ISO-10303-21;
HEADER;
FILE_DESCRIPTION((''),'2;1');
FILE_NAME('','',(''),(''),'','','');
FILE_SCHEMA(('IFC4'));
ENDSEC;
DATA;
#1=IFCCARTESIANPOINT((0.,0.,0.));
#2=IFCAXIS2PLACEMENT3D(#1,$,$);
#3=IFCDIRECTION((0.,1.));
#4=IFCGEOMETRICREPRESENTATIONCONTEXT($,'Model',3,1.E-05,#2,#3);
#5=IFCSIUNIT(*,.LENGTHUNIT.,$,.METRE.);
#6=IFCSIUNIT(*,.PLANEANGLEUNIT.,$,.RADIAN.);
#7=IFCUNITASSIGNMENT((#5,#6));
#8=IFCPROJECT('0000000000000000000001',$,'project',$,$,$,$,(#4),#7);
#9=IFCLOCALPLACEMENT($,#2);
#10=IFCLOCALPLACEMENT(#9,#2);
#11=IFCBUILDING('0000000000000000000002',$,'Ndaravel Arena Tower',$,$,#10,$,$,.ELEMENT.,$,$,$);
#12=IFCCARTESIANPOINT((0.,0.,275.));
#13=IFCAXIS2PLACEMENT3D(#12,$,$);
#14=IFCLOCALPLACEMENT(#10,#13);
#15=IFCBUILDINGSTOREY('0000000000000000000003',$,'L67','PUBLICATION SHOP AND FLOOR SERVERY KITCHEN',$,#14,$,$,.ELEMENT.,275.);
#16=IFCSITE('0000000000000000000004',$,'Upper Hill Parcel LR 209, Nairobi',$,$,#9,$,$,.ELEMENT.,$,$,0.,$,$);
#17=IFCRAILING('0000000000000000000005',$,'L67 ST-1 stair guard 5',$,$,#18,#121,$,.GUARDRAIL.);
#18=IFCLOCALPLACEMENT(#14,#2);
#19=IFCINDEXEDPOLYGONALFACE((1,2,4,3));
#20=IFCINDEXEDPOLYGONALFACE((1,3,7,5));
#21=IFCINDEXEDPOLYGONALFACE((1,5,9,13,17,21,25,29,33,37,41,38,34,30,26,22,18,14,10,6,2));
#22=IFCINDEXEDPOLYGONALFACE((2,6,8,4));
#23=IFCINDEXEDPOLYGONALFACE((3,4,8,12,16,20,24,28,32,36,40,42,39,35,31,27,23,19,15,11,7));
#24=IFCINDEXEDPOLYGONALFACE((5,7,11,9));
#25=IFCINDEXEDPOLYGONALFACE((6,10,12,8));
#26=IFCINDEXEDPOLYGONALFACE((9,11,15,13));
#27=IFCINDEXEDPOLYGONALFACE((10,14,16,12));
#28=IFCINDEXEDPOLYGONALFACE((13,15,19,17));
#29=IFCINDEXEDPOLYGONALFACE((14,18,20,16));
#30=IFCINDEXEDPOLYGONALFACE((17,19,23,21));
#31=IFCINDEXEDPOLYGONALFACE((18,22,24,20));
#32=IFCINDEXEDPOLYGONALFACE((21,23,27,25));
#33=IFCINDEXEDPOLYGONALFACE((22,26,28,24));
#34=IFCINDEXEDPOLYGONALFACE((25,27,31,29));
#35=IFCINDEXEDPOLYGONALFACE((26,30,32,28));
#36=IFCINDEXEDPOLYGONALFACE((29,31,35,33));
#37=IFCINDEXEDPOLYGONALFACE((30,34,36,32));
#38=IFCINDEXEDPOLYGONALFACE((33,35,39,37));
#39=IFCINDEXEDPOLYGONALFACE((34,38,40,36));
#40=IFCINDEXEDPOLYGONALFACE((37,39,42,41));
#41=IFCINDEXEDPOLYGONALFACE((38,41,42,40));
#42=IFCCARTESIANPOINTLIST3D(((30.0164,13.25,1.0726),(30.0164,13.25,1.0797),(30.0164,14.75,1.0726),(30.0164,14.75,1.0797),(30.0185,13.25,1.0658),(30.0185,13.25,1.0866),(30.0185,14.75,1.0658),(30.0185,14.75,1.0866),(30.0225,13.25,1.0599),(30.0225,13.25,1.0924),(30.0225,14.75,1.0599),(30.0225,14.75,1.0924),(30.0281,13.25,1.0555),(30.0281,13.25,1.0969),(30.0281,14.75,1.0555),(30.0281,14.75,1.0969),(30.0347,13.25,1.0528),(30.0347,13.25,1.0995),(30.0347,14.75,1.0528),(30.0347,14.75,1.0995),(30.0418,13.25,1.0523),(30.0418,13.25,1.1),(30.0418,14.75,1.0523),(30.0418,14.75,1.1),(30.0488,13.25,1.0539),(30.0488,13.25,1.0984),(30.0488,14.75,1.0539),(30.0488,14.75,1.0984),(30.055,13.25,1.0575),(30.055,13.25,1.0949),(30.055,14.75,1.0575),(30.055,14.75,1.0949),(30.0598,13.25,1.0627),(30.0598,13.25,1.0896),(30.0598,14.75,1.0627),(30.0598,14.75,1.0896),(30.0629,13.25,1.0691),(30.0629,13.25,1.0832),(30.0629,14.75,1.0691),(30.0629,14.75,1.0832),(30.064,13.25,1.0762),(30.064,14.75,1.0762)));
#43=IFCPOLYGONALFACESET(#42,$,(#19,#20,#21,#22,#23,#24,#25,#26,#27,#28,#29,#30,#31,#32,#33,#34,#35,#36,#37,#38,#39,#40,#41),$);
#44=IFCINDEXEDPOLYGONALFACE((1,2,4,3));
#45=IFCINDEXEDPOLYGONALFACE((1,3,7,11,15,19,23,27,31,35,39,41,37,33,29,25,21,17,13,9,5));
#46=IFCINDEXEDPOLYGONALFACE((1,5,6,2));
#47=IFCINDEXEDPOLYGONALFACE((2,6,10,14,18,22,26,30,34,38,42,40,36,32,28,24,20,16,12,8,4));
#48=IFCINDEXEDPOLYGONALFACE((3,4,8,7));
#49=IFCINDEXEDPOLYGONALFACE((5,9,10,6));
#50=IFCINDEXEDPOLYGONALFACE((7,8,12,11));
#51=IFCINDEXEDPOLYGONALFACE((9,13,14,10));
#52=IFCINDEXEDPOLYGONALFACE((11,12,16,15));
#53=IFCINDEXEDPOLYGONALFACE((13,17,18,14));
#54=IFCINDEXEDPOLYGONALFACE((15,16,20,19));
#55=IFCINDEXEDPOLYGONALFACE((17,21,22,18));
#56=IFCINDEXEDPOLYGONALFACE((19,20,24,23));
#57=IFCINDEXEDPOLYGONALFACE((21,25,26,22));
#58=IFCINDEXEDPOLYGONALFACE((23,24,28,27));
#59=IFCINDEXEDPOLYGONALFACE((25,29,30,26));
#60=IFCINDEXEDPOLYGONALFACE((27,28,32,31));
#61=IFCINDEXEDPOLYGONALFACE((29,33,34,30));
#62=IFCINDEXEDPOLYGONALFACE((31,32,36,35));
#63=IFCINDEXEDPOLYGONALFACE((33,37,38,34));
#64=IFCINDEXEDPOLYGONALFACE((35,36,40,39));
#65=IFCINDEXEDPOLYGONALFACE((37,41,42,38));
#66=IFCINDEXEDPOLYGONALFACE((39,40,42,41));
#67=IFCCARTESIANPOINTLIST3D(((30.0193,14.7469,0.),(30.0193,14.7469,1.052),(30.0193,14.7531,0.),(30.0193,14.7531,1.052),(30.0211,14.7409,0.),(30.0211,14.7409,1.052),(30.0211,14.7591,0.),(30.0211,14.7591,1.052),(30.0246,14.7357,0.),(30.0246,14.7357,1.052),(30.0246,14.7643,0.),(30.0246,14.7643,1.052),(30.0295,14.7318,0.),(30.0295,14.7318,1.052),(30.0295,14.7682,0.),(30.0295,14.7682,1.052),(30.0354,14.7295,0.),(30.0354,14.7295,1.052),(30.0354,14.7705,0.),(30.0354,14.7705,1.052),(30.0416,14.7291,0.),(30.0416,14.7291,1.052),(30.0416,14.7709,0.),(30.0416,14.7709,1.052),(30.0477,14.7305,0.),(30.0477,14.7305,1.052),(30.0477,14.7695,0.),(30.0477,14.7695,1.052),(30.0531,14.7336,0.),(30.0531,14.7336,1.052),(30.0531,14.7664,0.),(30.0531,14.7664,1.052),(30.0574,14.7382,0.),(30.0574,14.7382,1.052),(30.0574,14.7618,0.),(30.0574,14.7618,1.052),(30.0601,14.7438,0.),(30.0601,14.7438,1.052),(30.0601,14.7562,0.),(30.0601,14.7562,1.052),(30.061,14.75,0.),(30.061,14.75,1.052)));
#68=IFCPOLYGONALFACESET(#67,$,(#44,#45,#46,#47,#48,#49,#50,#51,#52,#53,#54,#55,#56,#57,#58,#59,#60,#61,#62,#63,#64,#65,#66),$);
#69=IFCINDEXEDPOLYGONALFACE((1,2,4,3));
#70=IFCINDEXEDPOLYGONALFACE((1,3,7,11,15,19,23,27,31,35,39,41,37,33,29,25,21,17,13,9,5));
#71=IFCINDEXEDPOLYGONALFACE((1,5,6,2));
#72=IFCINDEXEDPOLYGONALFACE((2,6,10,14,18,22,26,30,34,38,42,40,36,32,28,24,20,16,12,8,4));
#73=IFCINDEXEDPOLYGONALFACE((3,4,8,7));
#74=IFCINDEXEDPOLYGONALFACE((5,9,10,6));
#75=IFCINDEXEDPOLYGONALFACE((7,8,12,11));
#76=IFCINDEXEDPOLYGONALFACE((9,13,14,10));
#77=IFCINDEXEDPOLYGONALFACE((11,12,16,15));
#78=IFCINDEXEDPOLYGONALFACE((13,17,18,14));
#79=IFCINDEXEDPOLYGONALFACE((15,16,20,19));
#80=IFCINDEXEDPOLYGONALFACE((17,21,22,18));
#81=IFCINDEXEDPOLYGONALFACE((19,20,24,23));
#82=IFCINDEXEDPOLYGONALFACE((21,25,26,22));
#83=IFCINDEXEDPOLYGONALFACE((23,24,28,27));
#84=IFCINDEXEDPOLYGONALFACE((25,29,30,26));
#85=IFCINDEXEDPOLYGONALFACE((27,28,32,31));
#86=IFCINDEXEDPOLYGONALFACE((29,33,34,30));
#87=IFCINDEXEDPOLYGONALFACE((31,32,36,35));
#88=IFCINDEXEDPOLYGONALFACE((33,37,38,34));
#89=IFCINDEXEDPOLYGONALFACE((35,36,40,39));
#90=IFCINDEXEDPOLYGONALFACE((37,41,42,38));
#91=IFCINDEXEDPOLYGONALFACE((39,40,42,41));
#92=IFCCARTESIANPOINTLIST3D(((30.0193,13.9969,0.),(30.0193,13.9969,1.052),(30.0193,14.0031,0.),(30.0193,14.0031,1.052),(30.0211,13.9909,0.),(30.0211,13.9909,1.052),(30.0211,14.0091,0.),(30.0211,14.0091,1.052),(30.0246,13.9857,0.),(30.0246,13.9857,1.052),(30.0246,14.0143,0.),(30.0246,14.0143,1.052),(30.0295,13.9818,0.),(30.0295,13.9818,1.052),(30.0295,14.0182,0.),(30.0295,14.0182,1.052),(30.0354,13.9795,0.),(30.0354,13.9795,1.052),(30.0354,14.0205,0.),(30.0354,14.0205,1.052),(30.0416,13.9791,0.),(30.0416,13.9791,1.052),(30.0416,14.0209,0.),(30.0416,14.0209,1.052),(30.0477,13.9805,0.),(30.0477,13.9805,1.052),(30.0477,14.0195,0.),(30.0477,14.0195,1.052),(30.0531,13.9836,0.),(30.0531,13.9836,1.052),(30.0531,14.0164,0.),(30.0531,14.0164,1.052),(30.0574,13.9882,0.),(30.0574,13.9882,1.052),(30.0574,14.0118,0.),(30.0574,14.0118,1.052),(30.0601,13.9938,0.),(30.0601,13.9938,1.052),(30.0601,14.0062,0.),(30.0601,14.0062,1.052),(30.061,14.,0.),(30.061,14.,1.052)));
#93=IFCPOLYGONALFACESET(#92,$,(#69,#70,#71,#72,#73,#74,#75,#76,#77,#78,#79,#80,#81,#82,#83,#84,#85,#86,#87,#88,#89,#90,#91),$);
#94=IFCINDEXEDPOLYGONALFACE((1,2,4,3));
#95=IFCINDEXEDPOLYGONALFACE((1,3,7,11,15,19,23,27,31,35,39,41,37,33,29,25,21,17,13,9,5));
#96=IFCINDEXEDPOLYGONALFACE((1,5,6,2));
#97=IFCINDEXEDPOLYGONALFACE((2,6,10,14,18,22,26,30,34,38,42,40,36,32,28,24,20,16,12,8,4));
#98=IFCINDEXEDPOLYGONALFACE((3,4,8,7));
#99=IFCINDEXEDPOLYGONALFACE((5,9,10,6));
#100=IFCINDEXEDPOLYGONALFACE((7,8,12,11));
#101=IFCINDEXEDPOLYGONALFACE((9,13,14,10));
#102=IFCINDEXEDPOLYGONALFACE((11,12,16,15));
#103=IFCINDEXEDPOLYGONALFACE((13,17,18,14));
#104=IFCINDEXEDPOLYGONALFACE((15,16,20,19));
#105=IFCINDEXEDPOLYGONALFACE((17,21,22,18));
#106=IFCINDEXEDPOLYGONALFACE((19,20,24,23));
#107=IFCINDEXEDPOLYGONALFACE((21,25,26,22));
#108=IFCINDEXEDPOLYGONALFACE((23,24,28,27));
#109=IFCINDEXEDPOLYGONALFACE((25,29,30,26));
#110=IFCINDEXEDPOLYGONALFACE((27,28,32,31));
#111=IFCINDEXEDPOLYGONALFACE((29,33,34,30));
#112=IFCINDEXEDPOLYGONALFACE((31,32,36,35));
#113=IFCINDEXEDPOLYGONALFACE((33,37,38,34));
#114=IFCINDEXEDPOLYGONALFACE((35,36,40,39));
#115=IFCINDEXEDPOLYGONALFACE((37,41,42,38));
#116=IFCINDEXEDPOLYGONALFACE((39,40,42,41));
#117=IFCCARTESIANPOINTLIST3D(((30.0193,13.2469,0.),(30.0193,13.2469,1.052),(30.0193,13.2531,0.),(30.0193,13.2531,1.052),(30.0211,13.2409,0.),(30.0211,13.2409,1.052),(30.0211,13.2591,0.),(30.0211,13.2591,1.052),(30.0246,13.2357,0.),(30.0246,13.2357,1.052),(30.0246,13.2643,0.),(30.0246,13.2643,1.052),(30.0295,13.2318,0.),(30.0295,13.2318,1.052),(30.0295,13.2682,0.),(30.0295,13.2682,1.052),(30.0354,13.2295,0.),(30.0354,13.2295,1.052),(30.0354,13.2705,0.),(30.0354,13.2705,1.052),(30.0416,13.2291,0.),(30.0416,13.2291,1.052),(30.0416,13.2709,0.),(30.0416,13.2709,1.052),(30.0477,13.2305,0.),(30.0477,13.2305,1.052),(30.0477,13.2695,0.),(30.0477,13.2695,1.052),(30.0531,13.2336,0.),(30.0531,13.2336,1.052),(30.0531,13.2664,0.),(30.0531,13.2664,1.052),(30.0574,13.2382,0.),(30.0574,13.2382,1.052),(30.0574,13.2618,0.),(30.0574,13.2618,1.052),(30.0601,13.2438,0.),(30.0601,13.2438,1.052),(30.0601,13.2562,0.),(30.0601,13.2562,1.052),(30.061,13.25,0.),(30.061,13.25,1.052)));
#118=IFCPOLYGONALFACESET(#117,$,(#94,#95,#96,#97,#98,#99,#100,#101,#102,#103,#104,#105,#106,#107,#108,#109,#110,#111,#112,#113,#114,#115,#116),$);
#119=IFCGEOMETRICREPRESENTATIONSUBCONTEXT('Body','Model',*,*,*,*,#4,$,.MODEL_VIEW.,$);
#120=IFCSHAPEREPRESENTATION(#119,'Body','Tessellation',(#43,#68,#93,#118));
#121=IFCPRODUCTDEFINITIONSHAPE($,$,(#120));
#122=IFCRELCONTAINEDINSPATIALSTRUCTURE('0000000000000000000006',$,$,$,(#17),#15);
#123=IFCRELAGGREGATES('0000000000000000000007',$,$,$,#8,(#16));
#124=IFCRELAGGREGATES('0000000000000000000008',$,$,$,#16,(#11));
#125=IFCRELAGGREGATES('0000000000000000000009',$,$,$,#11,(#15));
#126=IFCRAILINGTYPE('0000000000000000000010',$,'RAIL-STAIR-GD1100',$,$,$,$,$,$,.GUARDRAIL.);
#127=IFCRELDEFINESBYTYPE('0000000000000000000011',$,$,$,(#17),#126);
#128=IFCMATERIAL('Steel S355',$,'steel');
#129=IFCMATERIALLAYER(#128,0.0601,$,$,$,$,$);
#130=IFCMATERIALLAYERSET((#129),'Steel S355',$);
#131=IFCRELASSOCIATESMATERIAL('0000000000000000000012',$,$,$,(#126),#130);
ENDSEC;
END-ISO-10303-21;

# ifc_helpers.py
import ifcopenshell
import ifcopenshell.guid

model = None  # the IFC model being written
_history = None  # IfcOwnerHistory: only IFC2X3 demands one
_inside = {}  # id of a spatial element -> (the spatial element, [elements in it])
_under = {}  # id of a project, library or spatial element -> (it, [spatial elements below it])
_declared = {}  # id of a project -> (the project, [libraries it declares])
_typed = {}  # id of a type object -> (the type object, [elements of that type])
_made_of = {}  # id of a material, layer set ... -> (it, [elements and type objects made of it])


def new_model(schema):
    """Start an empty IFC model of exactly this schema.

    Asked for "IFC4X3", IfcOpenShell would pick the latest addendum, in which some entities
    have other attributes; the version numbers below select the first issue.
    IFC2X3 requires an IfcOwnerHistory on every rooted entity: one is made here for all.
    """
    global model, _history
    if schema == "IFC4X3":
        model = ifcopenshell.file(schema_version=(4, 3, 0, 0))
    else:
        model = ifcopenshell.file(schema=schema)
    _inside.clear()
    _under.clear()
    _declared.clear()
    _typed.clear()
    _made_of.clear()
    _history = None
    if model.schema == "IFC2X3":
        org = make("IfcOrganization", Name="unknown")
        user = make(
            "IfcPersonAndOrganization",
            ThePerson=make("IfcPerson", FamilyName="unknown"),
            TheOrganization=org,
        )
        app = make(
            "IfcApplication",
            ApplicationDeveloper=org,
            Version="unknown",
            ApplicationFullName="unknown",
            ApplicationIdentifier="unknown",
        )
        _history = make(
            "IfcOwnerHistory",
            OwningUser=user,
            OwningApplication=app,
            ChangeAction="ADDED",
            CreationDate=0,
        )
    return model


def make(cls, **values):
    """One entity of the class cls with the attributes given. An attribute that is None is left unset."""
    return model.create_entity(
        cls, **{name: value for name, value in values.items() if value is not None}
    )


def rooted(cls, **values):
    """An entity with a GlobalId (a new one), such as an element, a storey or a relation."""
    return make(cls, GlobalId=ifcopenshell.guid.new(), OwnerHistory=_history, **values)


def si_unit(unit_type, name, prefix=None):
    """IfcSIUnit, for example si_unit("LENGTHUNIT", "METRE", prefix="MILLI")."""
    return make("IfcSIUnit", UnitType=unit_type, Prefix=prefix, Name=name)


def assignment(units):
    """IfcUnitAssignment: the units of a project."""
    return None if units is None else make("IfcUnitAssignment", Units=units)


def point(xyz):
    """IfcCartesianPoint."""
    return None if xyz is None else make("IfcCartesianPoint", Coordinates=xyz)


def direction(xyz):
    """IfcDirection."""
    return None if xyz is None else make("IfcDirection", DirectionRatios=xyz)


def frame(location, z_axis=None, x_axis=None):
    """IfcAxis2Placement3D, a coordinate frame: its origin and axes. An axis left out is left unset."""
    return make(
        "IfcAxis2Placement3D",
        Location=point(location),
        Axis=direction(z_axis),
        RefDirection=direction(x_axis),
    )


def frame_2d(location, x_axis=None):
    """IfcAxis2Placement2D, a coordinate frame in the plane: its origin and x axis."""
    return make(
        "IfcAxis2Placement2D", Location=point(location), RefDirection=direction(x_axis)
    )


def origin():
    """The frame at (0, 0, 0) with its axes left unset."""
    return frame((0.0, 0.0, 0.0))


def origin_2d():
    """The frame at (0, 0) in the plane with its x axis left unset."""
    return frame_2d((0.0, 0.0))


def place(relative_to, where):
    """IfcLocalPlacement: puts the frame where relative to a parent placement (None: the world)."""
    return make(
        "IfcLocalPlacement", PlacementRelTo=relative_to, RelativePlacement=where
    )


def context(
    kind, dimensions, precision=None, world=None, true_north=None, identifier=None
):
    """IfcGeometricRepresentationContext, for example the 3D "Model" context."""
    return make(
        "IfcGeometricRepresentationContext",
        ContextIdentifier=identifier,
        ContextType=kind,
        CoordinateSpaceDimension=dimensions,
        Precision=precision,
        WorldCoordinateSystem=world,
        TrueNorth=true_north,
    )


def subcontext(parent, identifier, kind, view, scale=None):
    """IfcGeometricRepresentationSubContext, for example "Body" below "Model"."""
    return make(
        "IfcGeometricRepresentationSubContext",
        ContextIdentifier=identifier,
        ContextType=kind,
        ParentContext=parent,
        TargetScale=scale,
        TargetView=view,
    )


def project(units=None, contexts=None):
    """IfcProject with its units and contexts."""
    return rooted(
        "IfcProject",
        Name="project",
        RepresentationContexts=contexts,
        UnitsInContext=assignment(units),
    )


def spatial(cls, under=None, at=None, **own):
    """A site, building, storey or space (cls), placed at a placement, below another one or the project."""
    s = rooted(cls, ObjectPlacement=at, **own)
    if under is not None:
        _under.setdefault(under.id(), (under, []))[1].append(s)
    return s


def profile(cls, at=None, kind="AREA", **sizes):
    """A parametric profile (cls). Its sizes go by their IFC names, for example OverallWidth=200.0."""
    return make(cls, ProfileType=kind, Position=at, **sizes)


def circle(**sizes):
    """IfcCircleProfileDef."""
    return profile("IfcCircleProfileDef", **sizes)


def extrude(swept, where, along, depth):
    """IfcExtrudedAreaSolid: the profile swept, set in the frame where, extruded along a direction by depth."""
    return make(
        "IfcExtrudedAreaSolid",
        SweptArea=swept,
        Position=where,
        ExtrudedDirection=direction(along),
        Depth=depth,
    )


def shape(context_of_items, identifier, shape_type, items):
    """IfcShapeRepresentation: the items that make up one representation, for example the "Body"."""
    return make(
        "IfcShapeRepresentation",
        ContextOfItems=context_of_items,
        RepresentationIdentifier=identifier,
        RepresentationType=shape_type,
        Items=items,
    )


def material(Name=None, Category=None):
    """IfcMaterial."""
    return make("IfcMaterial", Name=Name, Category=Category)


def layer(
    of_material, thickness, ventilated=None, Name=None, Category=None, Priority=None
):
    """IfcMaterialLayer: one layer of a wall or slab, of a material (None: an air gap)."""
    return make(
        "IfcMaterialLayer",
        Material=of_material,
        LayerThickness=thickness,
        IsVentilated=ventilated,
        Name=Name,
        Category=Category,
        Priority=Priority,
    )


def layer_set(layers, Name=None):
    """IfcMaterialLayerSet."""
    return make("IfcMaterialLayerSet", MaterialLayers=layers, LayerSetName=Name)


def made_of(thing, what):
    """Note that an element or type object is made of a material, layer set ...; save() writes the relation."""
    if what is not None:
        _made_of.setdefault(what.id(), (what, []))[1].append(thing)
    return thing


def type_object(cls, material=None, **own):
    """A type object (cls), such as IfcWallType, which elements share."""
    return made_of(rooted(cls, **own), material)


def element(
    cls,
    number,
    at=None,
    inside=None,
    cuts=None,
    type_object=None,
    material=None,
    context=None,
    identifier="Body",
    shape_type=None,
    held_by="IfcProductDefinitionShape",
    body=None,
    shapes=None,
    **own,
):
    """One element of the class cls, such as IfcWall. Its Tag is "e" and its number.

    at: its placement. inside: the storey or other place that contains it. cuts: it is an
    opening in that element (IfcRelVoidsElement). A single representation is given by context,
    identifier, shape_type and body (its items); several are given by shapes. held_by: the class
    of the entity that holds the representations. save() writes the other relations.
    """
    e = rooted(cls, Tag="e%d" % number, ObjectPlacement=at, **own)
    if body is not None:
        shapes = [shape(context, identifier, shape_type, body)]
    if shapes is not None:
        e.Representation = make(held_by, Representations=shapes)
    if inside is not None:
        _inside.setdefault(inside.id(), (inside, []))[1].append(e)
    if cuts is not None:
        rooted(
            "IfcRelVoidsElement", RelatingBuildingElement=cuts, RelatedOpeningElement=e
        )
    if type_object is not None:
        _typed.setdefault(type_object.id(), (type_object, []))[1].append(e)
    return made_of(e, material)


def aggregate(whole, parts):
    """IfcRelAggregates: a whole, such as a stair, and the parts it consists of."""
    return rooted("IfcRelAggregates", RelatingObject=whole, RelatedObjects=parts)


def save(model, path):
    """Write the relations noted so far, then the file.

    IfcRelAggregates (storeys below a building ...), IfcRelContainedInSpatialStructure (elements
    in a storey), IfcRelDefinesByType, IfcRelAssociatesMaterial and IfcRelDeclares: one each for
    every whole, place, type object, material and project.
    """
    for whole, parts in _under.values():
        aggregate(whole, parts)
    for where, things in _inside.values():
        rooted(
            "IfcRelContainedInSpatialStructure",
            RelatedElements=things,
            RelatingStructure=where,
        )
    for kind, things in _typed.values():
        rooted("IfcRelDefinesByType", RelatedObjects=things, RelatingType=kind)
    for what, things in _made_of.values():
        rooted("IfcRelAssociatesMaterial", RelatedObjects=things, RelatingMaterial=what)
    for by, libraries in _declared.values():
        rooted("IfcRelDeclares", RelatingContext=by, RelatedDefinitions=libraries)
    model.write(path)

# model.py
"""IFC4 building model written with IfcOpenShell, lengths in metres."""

from ifc_helpers import new_model, si_unit, direction, frame, origin, origin_2d, place, context, subcontext, project, spatial, circle, extrude, material, layer, layer_set, type_object, element, save


model = new_model("IFC4")

# Units and contexts
model_context = context("Model", 3, precision=1e-05, world=origin(), true_north=direction((0.0, 1.0)))
body_context = subcontext(model_context, "Body", "Model", "MODEL_VIEW")
ifc_project = project(units=[si_unit("LENGTHUNIT", "METRE"), si_unit("PLANEANGLEUNIT", "RADIAN")], contexts=[model_context])

# Site, building, storey
site_placement = place(None, origin())
site = spatial("IfcSite", under=ifc_project, at=site_placement, Name="Upper Hill Parcel LR 209, Nairobi", CompositionType="ELEMENT", RefElevation=0.0)
building_placement = place(site_placement, origin())
building = spatial("IfcBuilding", under=site, at=building_placement, Name="Ndaravel Arena Tower", CompositionType="ELEMENT")
storey_placement = place(building_placement, frame((0.0, 0.0, 275.0)))
storey = spatial("IfcBuildingStorey", under=building, at=storey_placement, Name="L67", Description="PUBLICATION SHOP AND FLOOR SERVERY KITCHEN", CompositionType="ELEMENT", Elevation=275.0)

# Railing
ifc_material_1 = material(Name="Steel S355", Category="steel")
ifc_layer_1 = layer(ifc_material_1, 0.0601)
ifc_layer_set_1 = layer_set([ifc_layer_1], Name="Steel S355")
railing_type = type_object("IfcRailingType", Name="RAIL-STAIR-GD1100", PredefinedType="GUARDRAIL", material=ifc_layer_set_1)
railing_1_placement = place(storey_placement, frame((30.04, 14.75, 0.0)))
element("IfcRailing", 1, at=railing_1_placement, inside=storey, type_object=railing_type, Name="L67 ST-1 stair guard 5", PredefinedType="GUARDRAIL", context=body_context, shape_type="SweptSolid", body=[
    extrude(circle(Radius=0.0239, at=origin_2d()), frame((0.0, 0.0, 1.0762), z_axis=(0.0, -1.0, 0.0), x_axis=(1.0, 0.0, 0.0)), (0.0, 0.0, 1.0), 1.5),
    extrude(circle(Radius=0.021, at=origin_2d()), origin(), (0.0, 0.0, 1.0), 1.052),
    extrude(circle(Radius=0.021, at=origin_2d()), frame((0.0, -0.75, 0.0)), (0.0, 0.0, 1.0), 1.052),
    extrude(circle(Radius=0.021, at=origin_2d()), frame((0.0, -1.5, 0.0)), (0.0, 0.0, 1.0), 1.052),
])

save(model, "model.ifc")
